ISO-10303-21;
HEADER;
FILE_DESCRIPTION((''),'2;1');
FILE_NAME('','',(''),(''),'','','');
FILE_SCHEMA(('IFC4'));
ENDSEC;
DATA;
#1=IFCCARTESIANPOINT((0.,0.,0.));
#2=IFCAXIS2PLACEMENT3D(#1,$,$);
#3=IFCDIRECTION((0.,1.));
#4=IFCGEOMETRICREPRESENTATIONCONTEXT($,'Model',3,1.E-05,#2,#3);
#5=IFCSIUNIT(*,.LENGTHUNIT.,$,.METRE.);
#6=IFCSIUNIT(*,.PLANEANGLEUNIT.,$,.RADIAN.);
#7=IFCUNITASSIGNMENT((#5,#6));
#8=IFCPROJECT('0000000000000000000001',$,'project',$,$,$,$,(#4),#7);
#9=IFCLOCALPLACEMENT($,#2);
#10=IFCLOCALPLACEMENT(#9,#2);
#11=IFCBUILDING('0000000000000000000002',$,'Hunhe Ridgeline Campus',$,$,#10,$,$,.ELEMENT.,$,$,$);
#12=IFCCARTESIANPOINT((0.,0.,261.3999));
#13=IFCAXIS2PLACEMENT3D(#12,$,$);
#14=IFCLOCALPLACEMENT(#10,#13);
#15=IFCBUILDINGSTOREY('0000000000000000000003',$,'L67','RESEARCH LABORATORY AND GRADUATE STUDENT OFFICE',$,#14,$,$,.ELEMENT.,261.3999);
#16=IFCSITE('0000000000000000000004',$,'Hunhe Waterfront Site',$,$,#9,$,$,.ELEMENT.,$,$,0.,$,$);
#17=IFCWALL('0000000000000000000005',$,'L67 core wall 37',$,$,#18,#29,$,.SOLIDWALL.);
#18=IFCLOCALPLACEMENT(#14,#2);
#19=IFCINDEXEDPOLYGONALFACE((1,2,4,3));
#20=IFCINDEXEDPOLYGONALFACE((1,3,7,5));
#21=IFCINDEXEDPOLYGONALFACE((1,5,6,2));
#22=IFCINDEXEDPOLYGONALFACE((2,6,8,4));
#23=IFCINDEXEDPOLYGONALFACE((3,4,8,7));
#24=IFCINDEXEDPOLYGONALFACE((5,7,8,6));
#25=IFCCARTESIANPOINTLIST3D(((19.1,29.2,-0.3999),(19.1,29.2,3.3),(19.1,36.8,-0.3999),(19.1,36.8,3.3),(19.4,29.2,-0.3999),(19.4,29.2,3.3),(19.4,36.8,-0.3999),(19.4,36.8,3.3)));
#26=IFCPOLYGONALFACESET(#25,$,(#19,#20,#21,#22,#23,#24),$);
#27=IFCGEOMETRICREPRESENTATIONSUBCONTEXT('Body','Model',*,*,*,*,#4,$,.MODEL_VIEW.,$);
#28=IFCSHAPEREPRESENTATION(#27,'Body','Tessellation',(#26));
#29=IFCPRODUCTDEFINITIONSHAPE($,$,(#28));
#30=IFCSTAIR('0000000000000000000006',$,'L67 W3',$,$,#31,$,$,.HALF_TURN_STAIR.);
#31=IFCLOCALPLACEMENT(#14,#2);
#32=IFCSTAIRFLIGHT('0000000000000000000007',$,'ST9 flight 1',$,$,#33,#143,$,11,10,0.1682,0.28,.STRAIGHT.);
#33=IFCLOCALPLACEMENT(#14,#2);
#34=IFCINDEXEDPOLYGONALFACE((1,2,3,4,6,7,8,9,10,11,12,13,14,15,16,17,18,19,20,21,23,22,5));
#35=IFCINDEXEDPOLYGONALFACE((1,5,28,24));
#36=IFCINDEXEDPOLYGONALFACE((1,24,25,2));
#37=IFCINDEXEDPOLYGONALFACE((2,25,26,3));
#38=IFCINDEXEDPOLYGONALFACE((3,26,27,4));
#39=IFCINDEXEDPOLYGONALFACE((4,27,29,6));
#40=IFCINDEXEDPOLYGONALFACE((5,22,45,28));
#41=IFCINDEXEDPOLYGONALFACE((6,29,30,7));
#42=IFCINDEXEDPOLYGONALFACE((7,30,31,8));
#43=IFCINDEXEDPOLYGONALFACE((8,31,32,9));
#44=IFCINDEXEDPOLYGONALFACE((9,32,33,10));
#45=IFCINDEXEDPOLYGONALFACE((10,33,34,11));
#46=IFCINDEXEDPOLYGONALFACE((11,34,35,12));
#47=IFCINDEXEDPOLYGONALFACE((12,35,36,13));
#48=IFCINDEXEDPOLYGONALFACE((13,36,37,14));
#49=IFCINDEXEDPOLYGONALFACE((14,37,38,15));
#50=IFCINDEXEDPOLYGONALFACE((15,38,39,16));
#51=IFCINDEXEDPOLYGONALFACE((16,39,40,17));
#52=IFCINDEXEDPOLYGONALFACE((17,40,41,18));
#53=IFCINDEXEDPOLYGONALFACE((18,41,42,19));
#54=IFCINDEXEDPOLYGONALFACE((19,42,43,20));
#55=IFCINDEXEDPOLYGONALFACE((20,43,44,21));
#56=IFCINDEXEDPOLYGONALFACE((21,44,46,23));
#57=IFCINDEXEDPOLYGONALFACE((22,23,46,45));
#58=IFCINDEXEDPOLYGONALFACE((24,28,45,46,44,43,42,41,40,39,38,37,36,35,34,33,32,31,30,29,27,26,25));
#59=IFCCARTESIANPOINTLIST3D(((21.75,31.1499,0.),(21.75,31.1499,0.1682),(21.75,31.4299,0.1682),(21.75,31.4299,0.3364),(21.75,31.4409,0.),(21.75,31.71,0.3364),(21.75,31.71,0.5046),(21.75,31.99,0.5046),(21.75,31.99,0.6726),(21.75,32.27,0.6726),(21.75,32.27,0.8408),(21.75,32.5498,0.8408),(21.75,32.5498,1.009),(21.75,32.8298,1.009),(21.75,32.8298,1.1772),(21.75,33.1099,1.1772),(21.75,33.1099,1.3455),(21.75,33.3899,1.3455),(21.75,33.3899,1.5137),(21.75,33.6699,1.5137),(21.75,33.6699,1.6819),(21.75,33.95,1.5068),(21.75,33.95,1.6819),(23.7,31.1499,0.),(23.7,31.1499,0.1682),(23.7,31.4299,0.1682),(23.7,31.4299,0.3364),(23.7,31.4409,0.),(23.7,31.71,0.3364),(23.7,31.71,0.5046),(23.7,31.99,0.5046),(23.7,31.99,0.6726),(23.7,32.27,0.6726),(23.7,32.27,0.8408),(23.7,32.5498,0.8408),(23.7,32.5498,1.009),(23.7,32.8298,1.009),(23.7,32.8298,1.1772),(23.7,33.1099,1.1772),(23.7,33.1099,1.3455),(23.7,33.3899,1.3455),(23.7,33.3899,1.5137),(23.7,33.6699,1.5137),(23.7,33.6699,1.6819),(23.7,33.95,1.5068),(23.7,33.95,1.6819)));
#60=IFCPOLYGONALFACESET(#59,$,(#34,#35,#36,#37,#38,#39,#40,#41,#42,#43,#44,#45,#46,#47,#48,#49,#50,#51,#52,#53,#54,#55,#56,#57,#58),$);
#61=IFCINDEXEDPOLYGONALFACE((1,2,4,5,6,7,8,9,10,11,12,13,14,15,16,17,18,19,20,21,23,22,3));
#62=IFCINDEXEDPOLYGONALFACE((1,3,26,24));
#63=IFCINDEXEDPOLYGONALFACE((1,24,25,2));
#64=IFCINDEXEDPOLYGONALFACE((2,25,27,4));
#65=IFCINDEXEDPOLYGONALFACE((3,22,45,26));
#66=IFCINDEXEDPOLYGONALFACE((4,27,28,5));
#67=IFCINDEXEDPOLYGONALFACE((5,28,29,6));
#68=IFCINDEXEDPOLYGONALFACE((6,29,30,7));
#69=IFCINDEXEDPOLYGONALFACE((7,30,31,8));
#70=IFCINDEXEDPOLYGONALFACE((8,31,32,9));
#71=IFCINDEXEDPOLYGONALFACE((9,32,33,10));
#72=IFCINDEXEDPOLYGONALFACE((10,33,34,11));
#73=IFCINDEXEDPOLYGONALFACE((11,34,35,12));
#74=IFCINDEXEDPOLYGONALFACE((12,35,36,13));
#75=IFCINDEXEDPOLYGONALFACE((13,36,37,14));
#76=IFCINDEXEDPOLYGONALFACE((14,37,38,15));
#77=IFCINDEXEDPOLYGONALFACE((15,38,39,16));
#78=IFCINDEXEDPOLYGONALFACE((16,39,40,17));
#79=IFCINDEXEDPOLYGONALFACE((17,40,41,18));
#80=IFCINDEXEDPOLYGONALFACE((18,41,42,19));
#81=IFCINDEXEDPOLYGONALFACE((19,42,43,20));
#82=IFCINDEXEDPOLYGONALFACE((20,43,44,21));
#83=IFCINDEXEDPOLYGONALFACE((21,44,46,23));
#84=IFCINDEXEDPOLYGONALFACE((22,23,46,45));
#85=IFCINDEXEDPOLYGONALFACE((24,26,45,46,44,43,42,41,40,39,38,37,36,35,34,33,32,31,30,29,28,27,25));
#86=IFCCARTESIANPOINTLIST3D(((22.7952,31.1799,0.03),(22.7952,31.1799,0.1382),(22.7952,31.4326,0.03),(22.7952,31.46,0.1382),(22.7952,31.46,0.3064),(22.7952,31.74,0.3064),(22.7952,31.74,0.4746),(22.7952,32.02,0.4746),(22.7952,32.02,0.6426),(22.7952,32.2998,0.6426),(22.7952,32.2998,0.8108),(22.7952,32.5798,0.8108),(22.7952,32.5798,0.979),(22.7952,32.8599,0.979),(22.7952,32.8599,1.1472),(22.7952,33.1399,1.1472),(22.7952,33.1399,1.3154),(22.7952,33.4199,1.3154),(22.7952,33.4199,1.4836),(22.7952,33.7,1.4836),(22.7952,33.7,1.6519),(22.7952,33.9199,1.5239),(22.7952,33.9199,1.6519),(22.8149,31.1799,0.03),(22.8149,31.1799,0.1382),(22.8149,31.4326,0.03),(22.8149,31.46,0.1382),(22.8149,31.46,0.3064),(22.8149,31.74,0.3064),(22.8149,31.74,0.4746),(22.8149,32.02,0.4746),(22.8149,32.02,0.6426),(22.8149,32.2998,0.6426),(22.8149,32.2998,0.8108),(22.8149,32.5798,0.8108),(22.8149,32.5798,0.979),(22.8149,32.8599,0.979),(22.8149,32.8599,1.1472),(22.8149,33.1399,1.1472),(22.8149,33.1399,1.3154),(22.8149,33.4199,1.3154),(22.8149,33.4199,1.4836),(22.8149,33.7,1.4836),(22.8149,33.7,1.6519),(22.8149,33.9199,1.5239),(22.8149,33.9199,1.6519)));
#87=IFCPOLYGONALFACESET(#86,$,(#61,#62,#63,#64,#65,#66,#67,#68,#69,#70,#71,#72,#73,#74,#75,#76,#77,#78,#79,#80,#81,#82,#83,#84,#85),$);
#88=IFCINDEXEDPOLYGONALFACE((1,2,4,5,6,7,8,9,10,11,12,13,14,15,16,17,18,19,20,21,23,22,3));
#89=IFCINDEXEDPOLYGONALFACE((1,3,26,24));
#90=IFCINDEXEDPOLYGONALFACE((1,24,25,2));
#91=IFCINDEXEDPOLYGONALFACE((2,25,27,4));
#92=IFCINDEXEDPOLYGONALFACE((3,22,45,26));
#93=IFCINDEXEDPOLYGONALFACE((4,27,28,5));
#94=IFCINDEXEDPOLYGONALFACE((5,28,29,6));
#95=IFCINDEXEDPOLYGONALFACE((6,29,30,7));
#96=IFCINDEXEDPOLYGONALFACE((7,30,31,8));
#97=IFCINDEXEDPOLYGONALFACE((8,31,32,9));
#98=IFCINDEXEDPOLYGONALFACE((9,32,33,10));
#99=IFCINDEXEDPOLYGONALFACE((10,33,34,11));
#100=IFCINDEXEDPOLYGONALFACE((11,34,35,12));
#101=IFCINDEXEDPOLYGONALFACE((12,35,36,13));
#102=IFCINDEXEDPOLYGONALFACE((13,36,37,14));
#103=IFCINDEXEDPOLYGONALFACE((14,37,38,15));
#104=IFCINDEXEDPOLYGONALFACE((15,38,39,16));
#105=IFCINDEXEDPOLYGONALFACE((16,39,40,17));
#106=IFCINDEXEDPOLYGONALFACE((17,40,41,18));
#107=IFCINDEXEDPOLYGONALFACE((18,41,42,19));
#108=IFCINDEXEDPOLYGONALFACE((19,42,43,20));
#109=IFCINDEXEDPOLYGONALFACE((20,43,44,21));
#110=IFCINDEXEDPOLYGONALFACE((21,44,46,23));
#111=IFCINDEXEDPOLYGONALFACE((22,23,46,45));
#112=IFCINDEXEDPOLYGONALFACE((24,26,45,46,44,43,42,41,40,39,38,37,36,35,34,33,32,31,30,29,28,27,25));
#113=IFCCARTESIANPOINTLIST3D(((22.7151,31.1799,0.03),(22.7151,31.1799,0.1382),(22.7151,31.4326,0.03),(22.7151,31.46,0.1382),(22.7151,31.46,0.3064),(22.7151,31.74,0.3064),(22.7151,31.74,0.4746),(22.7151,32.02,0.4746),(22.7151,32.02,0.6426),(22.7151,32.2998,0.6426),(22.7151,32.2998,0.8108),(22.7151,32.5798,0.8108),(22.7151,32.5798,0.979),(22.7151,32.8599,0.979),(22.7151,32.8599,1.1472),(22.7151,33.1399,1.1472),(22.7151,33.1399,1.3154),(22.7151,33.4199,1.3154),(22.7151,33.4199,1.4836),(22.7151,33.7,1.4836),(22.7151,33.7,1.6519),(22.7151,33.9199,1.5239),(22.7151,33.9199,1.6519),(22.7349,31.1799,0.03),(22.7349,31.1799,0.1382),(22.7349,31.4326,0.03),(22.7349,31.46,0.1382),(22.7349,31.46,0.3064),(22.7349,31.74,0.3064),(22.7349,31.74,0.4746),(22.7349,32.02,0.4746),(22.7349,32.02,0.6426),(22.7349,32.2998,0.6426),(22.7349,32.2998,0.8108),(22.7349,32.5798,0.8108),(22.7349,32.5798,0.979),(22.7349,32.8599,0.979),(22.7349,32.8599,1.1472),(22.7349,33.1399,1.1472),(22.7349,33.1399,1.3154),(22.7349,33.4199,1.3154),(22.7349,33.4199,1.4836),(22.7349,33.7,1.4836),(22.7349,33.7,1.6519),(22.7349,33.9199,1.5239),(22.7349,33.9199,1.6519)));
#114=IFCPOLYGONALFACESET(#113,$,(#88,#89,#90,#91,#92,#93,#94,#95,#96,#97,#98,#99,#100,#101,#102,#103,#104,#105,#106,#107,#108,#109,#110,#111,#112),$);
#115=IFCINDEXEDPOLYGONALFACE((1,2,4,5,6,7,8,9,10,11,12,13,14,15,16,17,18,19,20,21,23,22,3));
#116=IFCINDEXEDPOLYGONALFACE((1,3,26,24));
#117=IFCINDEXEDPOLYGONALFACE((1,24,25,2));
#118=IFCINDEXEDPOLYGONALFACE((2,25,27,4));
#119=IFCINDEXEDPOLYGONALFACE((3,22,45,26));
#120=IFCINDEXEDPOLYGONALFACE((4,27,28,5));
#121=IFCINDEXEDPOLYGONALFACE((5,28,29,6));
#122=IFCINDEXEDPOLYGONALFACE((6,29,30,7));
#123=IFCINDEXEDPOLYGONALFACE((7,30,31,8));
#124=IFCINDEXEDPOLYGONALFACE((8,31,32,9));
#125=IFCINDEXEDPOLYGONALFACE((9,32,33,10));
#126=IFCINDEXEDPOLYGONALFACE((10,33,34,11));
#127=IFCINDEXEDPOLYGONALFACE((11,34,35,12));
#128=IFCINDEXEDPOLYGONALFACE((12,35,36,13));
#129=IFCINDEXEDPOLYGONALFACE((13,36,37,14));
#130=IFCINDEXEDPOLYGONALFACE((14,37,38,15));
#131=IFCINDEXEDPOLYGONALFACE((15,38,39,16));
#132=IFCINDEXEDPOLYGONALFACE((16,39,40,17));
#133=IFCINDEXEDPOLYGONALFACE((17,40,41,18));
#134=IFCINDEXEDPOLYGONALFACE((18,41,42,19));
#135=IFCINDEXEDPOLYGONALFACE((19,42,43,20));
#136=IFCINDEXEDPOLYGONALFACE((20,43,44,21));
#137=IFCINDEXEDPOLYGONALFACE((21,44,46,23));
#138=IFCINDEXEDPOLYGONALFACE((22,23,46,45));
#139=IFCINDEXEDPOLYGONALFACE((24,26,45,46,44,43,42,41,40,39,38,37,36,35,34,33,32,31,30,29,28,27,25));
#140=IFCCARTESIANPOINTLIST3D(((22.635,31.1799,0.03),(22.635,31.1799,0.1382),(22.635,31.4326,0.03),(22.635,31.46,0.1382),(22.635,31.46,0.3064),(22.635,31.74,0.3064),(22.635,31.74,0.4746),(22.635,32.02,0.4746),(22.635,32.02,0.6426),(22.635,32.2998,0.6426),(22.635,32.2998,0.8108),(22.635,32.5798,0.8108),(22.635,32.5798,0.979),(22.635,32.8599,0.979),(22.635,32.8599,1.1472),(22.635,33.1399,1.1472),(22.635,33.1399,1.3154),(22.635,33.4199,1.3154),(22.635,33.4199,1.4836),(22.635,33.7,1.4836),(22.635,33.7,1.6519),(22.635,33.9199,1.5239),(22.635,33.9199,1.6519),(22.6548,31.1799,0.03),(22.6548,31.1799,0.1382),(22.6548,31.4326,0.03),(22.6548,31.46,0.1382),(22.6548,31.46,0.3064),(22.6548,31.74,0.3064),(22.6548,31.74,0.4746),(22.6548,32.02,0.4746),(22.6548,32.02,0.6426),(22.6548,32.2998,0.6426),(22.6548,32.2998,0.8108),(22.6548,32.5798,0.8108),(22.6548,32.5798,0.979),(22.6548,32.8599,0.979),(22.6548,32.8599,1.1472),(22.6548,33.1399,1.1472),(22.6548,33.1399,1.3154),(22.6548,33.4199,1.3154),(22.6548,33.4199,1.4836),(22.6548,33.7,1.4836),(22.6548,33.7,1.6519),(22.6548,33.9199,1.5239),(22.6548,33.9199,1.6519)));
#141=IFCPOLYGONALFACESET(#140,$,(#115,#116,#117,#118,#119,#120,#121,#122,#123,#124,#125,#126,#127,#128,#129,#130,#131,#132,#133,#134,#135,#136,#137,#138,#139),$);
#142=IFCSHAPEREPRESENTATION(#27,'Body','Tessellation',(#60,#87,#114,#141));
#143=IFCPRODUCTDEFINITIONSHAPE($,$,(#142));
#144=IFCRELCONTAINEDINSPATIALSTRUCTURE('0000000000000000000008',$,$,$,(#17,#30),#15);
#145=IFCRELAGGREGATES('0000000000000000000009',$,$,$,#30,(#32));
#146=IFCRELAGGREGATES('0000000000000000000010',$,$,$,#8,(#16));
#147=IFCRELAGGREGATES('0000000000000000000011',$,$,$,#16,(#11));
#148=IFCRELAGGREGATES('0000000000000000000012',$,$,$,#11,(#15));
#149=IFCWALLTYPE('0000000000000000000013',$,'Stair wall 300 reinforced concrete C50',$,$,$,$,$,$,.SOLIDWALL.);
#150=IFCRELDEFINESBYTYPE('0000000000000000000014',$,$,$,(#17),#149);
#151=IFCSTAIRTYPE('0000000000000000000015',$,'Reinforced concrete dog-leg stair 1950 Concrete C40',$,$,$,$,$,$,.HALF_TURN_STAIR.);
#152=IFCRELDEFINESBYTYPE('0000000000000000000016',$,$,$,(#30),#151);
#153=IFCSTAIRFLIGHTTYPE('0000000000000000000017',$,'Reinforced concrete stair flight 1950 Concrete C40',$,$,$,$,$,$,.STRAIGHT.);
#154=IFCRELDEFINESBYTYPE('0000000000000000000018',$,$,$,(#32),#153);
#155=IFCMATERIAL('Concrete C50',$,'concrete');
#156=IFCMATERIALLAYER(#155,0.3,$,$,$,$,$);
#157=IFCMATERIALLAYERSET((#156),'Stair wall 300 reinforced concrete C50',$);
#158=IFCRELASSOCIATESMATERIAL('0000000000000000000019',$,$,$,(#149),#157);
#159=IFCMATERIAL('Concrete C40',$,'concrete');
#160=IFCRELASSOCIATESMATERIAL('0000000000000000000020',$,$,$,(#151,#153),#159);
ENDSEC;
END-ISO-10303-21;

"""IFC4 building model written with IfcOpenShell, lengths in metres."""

from ifc_helpers import new_model, si_unit, direction, frame, frame_2d, origin, place, context, subcontext, project, spatial, polyline, rectangle, outline, extrude, material, layer, layer_set, type_object, element, aggregate, save


model = new_model("IFC4")

# Units and contexts
model_context = context("Model", 3, precision=1e-05, world=origin(), true_north=direction((0.0, 1.0)))
body_context = subcontext(model_context, "Body", "Model", "MODEL_VIEW")
ifc_project = project(units=[si_unit("LENGTHUNIT", "METRE"), si_unit("PLANEANGLEUNIT", "RADIAN")], contexts=[model_context])

# Site, building, storey
site_placement = place(None, origin())
site = spatial("IfcSite", under=ifc_project, at=site_placement, Name="Hunhe Waterfront Site", CompositionType="ELEMENT", RefElevation=0.0)
building_placement = place(site_placement, origin())
building = spatial("IfcBuilding", under=site, at=building_placement, Name="Hunhe Ridgeline Campus", CompositionType="ELEMENT")
storey_placement = place(building_placement, frame((0.0, 0.0, 261.3999)))
storey = spatial("IfcBuildingStorey", under=building, at=storey_placement, Name="L67", Description="RESEARCH LABORATORY AND GRADUATE STUDENT OFFICE", CompositionType="ELEMENT", Elevation=261.3999)

# Shared definitions
ifc_material_1 = material(Name="Concrete C50", Category="concrete")

# Wall
ifc_layer_1 = layer(ifc_material_1, 0.3)
ifc_layer_set_1 = layer_set([ifc_layer_1], Name="Stair wall 300 reinforced concrete C50")
wall_type_1 = type_object("IfcWallType", Name="Stair wall 300 reinforced concrete C50", PredefinedType="SOLIDWALL", material=ifc_layer_set_1)
wall_1_placement = place(storey_placement, frame((19.25, 29.2, -0.3999), z_axis=(0.0, 0.0, 1.0), x_axis=(0.0, 1.0, 0.0)))
element("IfcWall", 1, at=wall_1_placement, inside=storey, type_object=wall_type_1, Name="L67 core wall 37", PredefinedType="SOLIDWALL", context=body_context, shape_type="SweptSolid", body=[
    extrude(rectangle(XDim=7.6001, YDim=0.3, at=frame_2d((3.8, 0.0))), origin(), (0.0, 0.0, 1.0), 3.7),
])

# Stair, stair flight
ifc_material_2 = material(Name="Concrete C40", Category="concrete")
stair_type = type_object("IfcStairType", Name="Reinforced concrete dog-leg stair 1950 Concrete C40", PredefinedType="HALF_TURN_STAIR", material=ifc_material_2)
stair_placement = place(storey_placement, origin())
stair = element("IfcStair", 2, at=stair_placement, inside=storey, type_object=stair_type, Name="L67 W3", PredefinedType="HALF_TURN_STAIR")
stair_flight_type = type_object("IfcStairFlightType", Name="Reinforced concrete stair flight 1950 Concrete C40", PredefinedType="STRAIGHT", material=ifc_material_2)
stair_flight_placement = place(storey_placement, frame((22.7251, 31.1499, 0.0), z_axis=(0.0, 0.0, 1.0), x_axis=(0.0, 1.0, 0.0)))
stair_flight = element("IfcStairFlight", 3, at=stair_flight_placement, type_object=stair_flight_type, Name="ST9 flight 1", NumberOfRisers=11, NumberOfTreads=10, PredefinedType="STRAIGHT", RiserHeight=0.1682, TreadLength=0.28, context=body_context, shape_type="SweptSolid", body=[
    extrude(outline(polyline([(0.0, 0.0), (0.0, 0.1682), (0.28, 0.1682), (0.28, 0.3364), (0.5601, 0.3364), (0.5601, 0.5046), (0.8401, 0.5046), (0.8401, 0.6726), (1.1201, 0.6726), (1.1201, 0.8408), (1.3999, 0.8408), (1.3999, 1.009), (1.6799, 1.009), (1.6799, 1.1772), (1.96, 1.1772), (1.96, 1.3455), (2.24, 1.3455), (2.24, 1.5137), (2.52, 1.5137), (2.52, 1.6819), (2.8, 1.6819), (2.8, 1.8501), (2.8, 1.5068), (0.291, 0.0), (0.0, 0.0)])), frame((0.0, 0.9751, 0.0), z_axis=(0.0, -1.0, 0.0), x_axis=(1.0, 0.0, 0.0)), (0.0, 0.0, 1.0), 1.95),
    extrude(outline(polyline([(0.03, 0.03), (0.03, 0.1382), (0.3101, 0.1382), (0.3101, 0.3064), (0.5901, 0.3064), (0.5901, 0.4746), (0.8701, 0.4746), (0.8701, 0.6426), (1.1499, 0.6426), (1.1499, 0.8108), (1.4299, 0.8108), (1.4299, 0.979), (1.71, 0.979), (1.71, 1.1472), (1.99, 1.1472), (1.99, 1.3154), (2.27, 1.3154), (2.27, 1.4836), (2.55, 1.4836), (2.55, 1.6519), (2.77, 1.6519), (2.77, 1.5239), (0.2827, 0.03), (0.03, 0.03)])), frame((0.0, -0.0701, 0.0), z_axis=(0.0, -1.0, 0.0), x_axis=(1.0, 0.0, 0.0)), (0.0, 0.0, 1.0), 0.0198),
    extrude(outline(polyline([(0.03, 0.03), (0.03, 0.1382), (0.3101, 0.1382), (0.3101, 0.3064), (0.5901, 0.3064), (0.5901, 0.4746), (0.8701, 0.4746), (0.8701, 0.6426), (1.1499, 0.6426), (1.1499, 0.8108), (1.4299, 0.8108), (1.4299, 0.979), (1.71, 0.979), (1.71, 1.1472), (1.99, 1.1472), (1.99, 1.3154), (2.27, 1.3154), (2.27, 1.4836), (2.55, 1.4836), (2.55, 1.6519), (2.77, 1.6519), (2.77, 1.5239), (0.2827, 0.03), (0.03, 0.03)])), frame((0.0, 0.01, 0.0), z_axis=(0.0, -1.0, 0.0), x_axis=(1.0, 0.0, 0.0)), (0.0, 0.0, 1.0), 0.0198),
    extrude(outline(polyline([(0.03, 0.03), (0.03, 0.1382), (0.3101, 0.1382), (0.3101, 0.3064), (0.5901, 0.3064), (0.5901, 0.4746), (0.8701, 0.4746), (0.8701, 0.6426), (1.1499, 0.6426), (1.1499, 0.8108), (1.4299, 0.8108), (1.4299, 0.979), (1.71, 0.979), (1.71, 1.1472), (1.99, 1.1472), (1.99, 1.3154), (2.27, 1.3154), (2.27, 1.4836), (2.55, 1.4836), (2.55, 1.6519), (2.77, 1.6519), (2.77, 1.5239), (0.2827, 0.03), (0.03, 0.03)])), frame((0.0, 0.0901, 0.0), z_axis=(0.0, -1.0, 0.0), x_axis=(1.0, 0.0, 0.0)), (0.0, 0.0, 1.0), 0.0198),
])
aggregate(stair, [stair_flight])

save(model, "model.ifc")
